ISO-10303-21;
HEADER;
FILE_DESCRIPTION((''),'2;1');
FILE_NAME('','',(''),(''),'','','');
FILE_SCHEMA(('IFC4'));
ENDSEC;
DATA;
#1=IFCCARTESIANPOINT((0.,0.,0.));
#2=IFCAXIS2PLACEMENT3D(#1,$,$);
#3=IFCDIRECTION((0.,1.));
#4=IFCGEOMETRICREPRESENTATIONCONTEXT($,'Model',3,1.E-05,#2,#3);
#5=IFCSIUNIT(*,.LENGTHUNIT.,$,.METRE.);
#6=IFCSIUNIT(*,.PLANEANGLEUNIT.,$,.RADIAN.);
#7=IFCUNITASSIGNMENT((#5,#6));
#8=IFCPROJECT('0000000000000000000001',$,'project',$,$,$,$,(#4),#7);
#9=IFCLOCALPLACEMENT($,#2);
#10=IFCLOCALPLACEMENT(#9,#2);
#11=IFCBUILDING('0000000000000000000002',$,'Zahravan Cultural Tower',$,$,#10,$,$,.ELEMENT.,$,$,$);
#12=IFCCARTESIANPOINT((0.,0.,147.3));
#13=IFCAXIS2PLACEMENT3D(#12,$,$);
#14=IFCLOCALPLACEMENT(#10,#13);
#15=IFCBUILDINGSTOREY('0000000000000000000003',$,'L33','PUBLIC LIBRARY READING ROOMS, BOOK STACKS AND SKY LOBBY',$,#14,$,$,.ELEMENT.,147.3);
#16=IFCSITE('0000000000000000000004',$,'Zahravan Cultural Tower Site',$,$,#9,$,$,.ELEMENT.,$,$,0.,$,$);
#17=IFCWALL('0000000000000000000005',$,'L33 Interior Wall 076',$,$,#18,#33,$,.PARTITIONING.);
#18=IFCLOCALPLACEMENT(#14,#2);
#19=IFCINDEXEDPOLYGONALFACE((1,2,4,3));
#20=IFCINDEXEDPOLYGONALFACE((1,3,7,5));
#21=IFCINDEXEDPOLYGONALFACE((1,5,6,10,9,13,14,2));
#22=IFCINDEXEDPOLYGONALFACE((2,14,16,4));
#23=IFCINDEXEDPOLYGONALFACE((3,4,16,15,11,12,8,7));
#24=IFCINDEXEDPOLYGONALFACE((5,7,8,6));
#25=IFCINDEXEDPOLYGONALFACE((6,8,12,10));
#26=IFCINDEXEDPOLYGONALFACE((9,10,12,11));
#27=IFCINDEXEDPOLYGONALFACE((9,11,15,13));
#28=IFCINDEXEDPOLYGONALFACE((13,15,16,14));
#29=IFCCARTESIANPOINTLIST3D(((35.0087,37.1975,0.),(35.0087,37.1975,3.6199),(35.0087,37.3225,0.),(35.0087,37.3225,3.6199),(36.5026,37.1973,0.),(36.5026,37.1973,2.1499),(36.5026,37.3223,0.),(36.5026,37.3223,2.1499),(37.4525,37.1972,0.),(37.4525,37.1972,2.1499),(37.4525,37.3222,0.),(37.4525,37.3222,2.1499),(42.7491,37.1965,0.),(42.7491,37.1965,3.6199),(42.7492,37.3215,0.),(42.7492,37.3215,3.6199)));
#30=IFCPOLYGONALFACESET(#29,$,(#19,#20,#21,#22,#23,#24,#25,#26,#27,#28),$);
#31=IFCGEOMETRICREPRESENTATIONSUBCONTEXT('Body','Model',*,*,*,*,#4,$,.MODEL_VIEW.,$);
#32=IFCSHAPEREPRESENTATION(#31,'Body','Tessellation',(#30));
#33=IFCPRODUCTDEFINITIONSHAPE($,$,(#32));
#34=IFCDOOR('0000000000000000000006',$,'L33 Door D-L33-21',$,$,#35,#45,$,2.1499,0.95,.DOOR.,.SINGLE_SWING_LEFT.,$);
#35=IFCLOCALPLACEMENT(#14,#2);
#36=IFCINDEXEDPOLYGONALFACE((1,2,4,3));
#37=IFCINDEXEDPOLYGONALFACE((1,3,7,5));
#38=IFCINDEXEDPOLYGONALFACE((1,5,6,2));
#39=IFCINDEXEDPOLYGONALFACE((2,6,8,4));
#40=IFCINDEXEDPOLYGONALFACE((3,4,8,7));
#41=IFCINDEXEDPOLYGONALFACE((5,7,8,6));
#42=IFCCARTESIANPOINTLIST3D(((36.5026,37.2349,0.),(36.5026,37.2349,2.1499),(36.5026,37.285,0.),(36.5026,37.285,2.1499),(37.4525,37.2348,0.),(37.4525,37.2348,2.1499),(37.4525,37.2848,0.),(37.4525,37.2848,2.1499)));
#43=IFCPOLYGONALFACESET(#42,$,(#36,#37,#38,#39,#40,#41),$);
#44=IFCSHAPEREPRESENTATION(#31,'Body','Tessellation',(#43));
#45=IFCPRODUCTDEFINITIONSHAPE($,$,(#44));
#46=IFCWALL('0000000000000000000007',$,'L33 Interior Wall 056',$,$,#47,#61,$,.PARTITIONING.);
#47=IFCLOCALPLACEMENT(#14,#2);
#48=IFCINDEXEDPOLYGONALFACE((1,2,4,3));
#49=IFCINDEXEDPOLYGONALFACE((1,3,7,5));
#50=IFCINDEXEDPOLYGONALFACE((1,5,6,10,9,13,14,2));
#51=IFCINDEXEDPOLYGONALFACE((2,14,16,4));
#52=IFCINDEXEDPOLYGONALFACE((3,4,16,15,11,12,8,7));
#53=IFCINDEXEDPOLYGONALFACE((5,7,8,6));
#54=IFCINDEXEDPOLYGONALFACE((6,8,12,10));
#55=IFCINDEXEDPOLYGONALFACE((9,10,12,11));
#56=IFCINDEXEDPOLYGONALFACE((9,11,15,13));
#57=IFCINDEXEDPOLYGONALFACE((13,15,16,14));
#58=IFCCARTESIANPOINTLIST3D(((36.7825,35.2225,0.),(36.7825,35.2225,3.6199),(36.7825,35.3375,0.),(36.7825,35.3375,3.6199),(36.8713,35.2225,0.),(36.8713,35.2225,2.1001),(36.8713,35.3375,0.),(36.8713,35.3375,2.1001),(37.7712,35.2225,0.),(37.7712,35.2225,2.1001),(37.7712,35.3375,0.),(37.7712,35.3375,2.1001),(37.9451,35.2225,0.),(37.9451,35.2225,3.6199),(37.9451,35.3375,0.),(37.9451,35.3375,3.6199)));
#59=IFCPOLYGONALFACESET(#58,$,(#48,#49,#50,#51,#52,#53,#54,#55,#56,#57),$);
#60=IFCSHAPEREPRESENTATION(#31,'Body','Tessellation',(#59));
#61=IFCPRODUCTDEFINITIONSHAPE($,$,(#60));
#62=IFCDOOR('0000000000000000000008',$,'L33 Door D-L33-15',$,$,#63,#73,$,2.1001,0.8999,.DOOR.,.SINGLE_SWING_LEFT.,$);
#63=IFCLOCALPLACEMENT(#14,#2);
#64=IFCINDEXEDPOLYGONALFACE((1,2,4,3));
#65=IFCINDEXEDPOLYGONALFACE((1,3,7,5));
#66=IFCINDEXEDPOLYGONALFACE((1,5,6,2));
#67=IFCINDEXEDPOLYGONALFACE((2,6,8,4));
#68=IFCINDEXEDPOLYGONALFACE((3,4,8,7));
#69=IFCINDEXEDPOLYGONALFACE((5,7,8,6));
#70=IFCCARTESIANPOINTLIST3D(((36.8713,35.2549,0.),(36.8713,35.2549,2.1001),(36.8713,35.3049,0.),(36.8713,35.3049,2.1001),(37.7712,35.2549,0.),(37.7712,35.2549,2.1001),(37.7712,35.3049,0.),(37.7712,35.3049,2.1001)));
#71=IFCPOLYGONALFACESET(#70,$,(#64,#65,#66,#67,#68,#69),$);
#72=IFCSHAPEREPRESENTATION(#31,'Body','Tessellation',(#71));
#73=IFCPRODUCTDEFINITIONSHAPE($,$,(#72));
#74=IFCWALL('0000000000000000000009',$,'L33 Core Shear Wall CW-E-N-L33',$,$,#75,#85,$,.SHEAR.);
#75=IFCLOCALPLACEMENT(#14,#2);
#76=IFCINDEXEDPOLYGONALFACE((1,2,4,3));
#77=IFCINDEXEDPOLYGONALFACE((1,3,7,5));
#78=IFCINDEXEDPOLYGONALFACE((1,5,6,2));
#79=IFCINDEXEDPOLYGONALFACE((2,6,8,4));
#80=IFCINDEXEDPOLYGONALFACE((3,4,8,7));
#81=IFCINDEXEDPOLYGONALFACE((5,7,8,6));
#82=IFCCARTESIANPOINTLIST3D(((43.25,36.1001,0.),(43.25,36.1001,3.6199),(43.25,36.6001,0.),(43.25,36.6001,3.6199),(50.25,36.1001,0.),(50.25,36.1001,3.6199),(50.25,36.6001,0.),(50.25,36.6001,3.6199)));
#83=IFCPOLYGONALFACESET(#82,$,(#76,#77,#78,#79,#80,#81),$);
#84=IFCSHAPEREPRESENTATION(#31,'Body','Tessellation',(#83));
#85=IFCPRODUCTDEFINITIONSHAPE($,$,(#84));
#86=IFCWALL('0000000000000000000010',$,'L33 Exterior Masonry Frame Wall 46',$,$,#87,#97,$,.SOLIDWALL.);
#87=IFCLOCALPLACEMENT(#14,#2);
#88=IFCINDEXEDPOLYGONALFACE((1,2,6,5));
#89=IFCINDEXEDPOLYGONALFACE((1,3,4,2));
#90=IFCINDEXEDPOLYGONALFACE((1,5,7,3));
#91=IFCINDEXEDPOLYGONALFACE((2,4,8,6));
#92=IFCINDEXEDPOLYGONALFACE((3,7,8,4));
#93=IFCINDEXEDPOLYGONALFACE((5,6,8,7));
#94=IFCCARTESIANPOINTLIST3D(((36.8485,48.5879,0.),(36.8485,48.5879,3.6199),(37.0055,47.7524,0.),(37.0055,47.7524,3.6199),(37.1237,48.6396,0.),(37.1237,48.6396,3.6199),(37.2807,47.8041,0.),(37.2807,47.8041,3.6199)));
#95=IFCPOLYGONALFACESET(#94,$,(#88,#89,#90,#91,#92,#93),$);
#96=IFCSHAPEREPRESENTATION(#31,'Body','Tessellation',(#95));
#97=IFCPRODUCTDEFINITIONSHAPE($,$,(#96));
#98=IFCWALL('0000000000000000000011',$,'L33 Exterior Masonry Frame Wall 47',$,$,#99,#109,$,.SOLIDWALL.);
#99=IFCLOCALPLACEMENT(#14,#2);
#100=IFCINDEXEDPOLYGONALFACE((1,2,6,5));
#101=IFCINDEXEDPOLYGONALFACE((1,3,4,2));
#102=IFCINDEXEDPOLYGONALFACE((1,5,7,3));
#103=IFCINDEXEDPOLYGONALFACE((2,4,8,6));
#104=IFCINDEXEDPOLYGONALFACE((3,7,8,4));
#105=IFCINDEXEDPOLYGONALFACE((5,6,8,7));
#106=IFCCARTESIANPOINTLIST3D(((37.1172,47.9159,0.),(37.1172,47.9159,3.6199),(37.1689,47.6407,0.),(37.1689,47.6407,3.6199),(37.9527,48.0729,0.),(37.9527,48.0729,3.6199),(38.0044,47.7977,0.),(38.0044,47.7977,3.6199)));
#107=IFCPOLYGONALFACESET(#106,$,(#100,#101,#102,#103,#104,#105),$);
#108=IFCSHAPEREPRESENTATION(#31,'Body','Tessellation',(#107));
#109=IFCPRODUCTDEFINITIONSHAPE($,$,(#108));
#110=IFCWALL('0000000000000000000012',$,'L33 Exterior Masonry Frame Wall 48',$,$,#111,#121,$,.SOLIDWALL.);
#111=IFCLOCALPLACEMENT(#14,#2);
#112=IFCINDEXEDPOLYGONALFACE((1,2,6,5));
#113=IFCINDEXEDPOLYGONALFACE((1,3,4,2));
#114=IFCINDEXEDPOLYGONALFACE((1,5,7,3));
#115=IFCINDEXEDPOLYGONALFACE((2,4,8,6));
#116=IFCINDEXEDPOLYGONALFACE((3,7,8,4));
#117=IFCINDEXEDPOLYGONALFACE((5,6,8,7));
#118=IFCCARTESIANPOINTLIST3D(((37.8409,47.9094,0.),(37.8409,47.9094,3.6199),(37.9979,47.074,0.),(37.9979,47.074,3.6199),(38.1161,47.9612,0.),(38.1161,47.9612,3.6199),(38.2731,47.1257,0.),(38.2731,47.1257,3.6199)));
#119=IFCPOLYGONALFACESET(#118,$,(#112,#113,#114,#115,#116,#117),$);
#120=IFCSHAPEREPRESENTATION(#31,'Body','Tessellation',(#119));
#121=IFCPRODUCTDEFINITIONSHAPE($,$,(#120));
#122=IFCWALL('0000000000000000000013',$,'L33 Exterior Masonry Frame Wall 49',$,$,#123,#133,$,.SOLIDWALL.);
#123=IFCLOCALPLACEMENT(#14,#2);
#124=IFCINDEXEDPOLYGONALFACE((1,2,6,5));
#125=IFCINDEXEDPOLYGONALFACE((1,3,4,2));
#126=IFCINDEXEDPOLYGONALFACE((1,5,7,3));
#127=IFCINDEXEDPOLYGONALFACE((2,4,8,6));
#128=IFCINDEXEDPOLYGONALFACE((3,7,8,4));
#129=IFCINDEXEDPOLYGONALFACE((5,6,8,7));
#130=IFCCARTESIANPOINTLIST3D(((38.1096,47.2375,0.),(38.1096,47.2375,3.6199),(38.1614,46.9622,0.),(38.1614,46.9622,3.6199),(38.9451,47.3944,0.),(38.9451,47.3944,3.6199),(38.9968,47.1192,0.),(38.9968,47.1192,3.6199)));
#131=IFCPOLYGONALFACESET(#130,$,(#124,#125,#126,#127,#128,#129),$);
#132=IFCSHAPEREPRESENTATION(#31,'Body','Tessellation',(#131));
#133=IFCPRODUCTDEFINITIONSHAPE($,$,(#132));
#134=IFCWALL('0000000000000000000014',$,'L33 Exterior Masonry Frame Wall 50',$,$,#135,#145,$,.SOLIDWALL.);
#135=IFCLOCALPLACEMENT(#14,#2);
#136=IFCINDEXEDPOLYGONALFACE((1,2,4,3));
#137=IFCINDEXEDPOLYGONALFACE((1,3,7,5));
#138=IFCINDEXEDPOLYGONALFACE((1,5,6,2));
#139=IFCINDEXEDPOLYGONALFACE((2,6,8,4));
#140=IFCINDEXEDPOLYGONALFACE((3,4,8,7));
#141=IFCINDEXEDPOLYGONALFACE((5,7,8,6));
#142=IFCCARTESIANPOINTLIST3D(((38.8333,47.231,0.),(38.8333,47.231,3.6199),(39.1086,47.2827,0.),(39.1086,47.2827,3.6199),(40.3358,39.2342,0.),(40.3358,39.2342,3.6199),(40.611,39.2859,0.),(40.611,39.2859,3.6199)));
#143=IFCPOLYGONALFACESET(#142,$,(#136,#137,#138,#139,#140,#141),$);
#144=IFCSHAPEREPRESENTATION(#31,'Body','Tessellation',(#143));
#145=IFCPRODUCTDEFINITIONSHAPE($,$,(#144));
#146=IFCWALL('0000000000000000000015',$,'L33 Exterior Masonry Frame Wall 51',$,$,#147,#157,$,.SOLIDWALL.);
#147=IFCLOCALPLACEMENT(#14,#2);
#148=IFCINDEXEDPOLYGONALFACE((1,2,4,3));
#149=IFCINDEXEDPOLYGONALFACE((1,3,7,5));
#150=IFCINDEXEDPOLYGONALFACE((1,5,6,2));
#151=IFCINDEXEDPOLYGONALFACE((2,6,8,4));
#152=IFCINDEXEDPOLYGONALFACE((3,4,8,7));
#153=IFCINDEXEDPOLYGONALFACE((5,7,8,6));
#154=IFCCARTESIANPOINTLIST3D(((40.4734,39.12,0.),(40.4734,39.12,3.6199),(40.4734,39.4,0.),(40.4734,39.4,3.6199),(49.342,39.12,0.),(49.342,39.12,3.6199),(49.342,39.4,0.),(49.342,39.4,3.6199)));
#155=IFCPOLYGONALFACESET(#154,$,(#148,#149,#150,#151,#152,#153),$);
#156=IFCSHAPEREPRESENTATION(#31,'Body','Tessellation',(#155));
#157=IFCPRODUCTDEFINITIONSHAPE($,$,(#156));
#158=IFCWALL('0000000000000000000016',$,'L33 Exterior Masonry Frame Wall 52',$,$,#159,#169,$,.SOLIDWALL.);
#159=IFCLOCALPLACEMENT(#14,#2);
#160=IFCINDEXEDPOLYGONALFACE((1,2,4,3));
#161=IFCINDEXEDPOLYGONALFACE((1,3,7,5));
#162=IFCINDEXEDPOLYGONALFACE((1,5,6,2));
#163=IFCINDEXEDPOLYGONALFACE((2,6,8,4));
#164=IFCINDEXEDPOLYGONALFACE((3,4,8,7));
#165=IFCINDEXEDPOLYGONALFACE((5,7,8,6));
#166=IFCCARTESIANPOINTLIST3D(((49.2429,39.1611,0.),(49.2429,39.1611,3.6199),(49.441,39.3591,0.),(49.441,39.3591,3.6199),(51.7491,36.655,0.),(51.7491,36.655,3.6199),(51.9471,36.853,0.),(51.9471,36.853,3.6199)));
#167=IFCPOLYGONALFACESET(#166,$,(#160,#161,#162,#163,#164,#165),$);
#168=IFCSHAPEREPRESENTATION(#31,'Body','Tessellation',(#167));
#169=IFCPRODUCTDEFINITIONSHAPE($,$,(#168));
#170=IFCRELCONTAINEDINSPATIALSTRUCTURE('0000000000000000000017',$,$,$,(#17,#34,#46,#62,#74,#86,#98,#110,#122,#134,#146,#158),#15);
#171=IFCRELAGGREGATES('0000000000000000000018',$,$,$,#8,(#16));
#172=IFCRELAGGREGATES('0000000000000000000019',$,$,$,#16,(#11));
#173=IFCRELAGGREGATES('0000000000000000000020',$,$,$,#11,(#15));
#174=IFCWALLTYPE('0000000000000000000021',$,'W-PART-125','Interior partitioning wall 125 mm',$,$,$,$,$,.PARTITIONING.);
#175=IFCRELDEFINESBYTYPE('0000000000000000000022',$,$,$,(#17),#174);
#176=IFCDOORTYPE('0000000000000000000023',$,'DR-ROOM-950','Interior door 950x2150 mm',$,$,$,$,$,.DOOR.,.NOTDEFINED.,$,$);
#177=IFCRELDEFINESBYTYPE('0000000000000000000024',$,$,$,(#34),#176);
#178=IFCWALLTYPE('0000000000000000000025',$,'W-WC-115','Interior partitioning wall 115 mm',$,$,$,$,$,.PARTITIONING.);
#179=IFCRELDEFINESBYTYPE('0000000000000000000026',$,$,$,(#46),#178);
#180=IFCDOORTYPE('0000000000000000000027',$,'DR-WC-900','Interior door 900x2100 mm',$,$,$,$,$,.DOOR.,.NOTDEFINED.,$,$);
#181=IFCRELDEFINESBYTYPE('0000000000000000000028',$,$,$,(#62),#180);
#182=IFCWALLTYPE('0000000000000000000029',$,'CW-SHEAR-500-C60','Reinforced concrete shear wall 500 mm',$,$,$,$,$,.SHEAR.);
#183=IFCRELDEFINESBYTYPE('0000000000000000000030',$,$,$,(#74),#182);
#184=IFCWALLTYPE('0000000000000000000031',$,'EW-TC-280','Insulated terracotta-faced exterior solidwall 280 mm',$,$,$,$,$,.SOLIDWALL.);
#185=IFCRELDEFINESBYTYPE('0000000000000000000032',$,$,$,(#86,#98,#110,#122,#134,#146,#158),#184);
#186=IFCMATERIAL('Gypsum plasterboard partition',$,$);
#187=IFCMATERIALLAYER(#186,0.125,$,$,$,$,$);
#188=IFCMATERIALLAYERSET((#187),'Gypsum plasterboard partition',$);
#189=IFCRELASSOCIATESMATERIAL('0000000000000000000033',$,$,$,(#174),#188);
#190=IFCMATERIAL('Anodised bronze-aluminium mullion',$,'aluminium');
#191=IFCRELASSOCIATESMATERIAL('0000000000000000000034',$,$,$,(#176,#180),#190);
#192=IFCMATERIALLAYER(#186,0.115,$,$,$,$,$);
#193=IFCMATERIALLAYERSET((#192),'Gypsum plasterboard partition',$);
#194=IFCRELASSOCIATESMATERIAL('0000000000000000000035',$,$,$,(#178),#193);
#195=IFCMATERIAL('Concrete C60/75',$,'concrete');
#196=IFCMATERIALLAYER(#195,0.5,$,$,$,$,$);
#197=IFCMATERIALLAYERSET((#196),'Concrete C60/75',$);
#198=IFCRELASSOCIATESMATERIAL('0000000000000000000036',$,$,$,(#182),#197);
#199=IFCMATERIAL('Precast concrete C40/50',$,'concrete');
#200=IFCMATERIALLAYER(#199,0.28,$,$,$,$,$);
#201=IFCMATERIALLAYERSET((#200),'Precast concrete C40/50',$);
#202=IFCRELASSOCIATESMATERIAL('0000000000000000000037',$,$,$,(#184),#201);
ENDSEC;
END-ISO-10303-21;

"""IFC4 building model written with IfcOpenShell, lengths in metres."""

from ifc_helpers import new_model, si_unit, direction, frame, frame_2d, origin, place, context, subcontext, project, spatial, rectangle, extrude, source, transform, mapped, material, layer, layer_set, type_object, element, fill, save


model = new_model("IFC4")

# Units and contexts
model_context = context("Model", 3, precision=1e-05, world=origin(), true_north=direction((0.0, 1.0)))
body_context = subcontext(model_context, "Body", "Model", "MODEL_VIEW")
ifc_project = project(units=[si_unit("LENGTHUNIT", "METRE"), si_unit("PLANEANGLEUNIT", "RADIAN")], contexts=[model_context])

# Site, building, storey
site_placement = place(None, origin())
site = spatial("IfcSite", under=ifc_project, at=site_placement, Name="Zahravan Cultural Tower Site", CompositionType="ELEMENT", RefElevation=0.0)
building_placement = place(site_placement, origin())
building = spatial("IfcBuilding", under=site, at=building_placement, Name="Zahravan Cultural Tower", CompositionType="ELEMENT")
storey_placement = place(building_placement, frame((0.0, 0.0, 147.3)))
storey = spatial("IfcBuildingStorey", under=building, at=storey_placement, Name="L33", Description="PUBLIC LIBRARY READING ROOMS, BOOK STACKS AND SKY LOBBY", CompositionType="ELEMENT", Elevation=147.3)

# Walls, openings, doors
ifc_material_1 = material(Name="Gypsum plasterboard partition")
ifc_layer_1 = layer(ifc_material_1, 0.125)
ifc_layer_set_1 = layer_set([ifc_layer_1], Name="Gypsum plasterboard partition")
wall_type_1 = type_object("IfcWallType", Name="W-PART-125", Description="Interior partitioning wall 125 mm", PredefinedType="PARTITIONING", material=ifc_layer_set_1)
wall_1_placement = place(storey_placement, frame((42.749, 37.259, 0.0), z_axis=(0.0, 0.0, 1.0), x_axis=(-1.0, 0.000126, 0.0)))
wall_1 = element("IfcWall", 1, at=wall_1_placement, inside=storey, type_object=wall_type_1, Name="L33 Interior Wall 076", PredefinedType="PARTITIONING", context=body_context, shape_type="SweptSolid", body=[
    extrude(rectangle(XDim=7.7405, YDim=0.125, at=frame_2d((3.8701, 0.0))), origin(), (0.0, 0.0, 1.0), 3.6199),
])
opening_1_placement = place(wall_1_placement, frame((5.2964, 0.0, 0.0)))
opening_1 = element("IfcOpeningElement", 2, at=opening_1_placement, cuts=wall_1, PredefinedType="OPENING", context=body_context, shape_type="SweptSolid", body=[
    extrude(rectangle(XDim=0.95, YDim=2.1499, at=frame_2d((0.4751, 1.075))), frame((0.0, 0.0725, 0.0), z_axis=(0.0, -1.0, 0.0), x_axis=(1.0, 0.0, 0.0)), (0.0, 0.0, 1.0), 0.145),
])
ifc_material_2 = material(Name="Anodised bronze-aluminium mullion", Category="aluminium")
door_type_1 = type_object("IfcDoorType", Name="DR-ROOM-950", Description="Interior door 950x2150 mm", OperationType="NOTDEFINED", PredefinedType="DOOR", material=ifc_material_2)
shared_shape_1 = source(origin(), body_context, "Body", "SweptSolid", [
    extrude(rectangle(XDim=0.95, YDim=2.1499, at=frame_2d((0.4751, 1.075))), frame((0.0, 0.0249, 0.0), z_axis=(0.0, -1.0, 0.0), x_axis=(1.0, 0.0, 0.0)), (0.0, 0.0, 1.0), 0.05),
])
door_1_placement = place(opening_1_placement, origin())
door_1 = element("IfcDoor", 3, at=door_1_placement, inside=storey, type_object=door_type_1, Name="L33 Door D-L33-21", OperationType="SINGLE_SWING_LEFT", OverallHeight=2.1499, OverallWidth=0.95, PredefinedType="DOOR", context=body_context, shape_type="MappedRepresentation", body=[
    mapped(shared_shape_1, transform((0.0, 0.0, 0.0), x_axis=(1.0, 0.0, 0.0), y_axis=(0.0, 1.0, 0.0), z_axis=(0.0, 0.0, 1.0), scale=1.0)),
])
fill(opening_1, door_1)
ifc_layer_2 = layer(ifc_material_1, 0.115)
ifc_layer_set_2 = layer_set([ifc_layer_2], Name="Gypsum plasterboard partition")
wall_type_2 = type_object("IfcWallType", Name="W-WC-115", Description="Interior partitioning wall 115 mm", PredefinedType="PARTITIONING", material=ifc_layer_set_2)
wall_2_placement = place(storey_placement, frame((36.7825, 35.28, 0.0), z_axis=(0.0, 0.0, 1.0), x_axis=(1.0, 0.0, 0.0)))
wall_2 = element("IfcWall", 4, at=wall_2_placement, inside=storey, type_object=wall_type_2, Name="L33 Interior Wall 056", PredefinedType="PARTITIONING", context=body_context, shape_type="SweptSolid", body=[
    extrude(rectangle(XDim=1.1626, YDim=0.115, at=frame_2d((0.5813, 0.0))), origin(), (0.0, 0.0, 1.0), 3.6199),
])
opening_2_placement = place(wall_2_placement, frame((0.0889, 0.0, 0.0)))
opening_2 = element("IfcOpeningElement", 5, at=opening_2_placement, cuts=wall_2, PredefinedType="OPENING", context=body_context, shape_type="SweptSolid", body=[
    extrude(rectangle(XDim=0.8999, YDim=2.1001, at=frame_2d((0.45, 1.05))), frame((0.0, 0.0674, 0.0), z_axis=(0.0, -1.0, 0.0), x_axis=(1.0, 0.0, 0.0)), (0.0, 0.0, 1.0), 0.135),
])
door_type_2 = type_object("IfcDoorType", Name="DR-WC-900", Description="Interior door 900x2100 mm", OperationType="NOTDEFINED", PredefinedType="DOOR", material=ifc_material_2)
shared_shape_2 = source(origin(), body_context, "Body", "SweptSolid", [
    extrude(rectangle(XDim=0.8999, YDim=2.1001, at=frame_2d((0.45, 1.05))), frame((0.0, 0.0249, 0.0), z_axis=(0.0, -1.0, 0.0), x_axis=(1.0, 0.0, 0.0)), (0.0, 0.0, 1.0), 0.05),
])
door_2_placement = place(opening_2_placement, origin())
door_2 = element("IfcDoor", 6, at=door_2_placement, inside=storey, type_object=door_type_2, Name="L33 Door D-L33-15", OperationType="SINGLE_SWING_LEFT", OverallHeight=2.1001, OverallWidth=0.8999, PredefinedType="DOOR", context=body_context, shape_type="MappedRepresentation", body=[
    mapped(shared_shape_2, transform((0.0, 0.0, 0.0), x_axis=(1.0, 0.0, 0.0), y_axis=(0.0, 1.0, 0.0), z_axis=(0.0, 0.0, 1.0), scale=1.0)),
])
fill(opening_2, door_2)

# Walls
ifc_material_3 = material(Name="Concrete C60/75", Category="concrete")
ifc_layer_3 = layer(ifc_material_3, 0.5)
ifc_layer_set_3 = layer_set([ifc_layer_3], Name="Concrete C60/75")
wall_type_3 = type_object("IfcWallType", Name="CW-SHEAR-500-C60", Description="Reinforced concrete shear wall 500 mm", PredefinedType="SHEAR", material=ifc_layer_set_3)
shared_shape_3 = source(origin(), body_context, "Body", "SweptSolid", [
    extrude(rectangle(XDim=7.0, YDim=0.5, at=frame_2d((3.5, 0.0))), origin(), (0.0, 0.0, 1.0), 3.6199),
])
wall_3_placement = place(storey_placement, frame((43.25, 36.3501, 0.0), z_axis=(0.0, 0.0, 1.0), x_axis=(1.0, 0.0, 0.0)))
element("IfcWall", 7, at=wall_3_placement, inside=storey, type_object=wall_type_3, Name="L33 Core Shear Wall CW-E-N-L33", PredefinedType="SHEAR", context=body_context, shape_type="MappedRepresentation", body=[
    mapped(shared_shape_3, transform((0.0, 0.0, 0.0), x_axis=(1.0, 0.0, 0.0), y_axis=(0.0, 1.0, 0.0), z_axis=(0.0, 0.0, 1.0), scale=1.0)),
])
ifc_material_4 = material(Name="Precast concrete C40/50", Category="concrete")
ifc_layer_4 = layer(ifc_material_4, 0.28)
ifc_layer_set_4 = layer_set([ifc_layer_4], Name="Precast concrete C40/50")
wall_type_4 = type_object("IfcWallType", Name="EW-TC-280", Description="Insulated terracotta-faced exterior solidwall 280 mm", PredefinedType="SOLIDWALL", material=ifc_layer_set_4)
shared_shape_4 = source(origin(), body_context, "Body", "SweptSolid", [
    extrude(rectangle(XDim=0.8501, YDim=0.28, at=frame_2d((0.425, 0.0))), origin(), (0.0, 0.0, 1.0), 3.6199),
])
for number, where, z_axis, x_axis, name in (
    (8, (36.9861, 48.6138, 0.0), (0.0, 0.0, 1.0), (0.18467, -0.982801, 0.0), "L33 Exterior Masonry Frame Wall 46"),
    (9, (37.1431, 47.7783, 0.0), (0.0, 0.0, 1.0), (0.982801, 0.18467, 0.0), "L33 Exterior Masonry Frame Wall 47"),
    (10, (37.9785, 47.9353, 0.0), (0.0, 0.0, 1.0), (0.18467, -0.982801, 0.0), "L33 Exterior Masonry Frame Wall 48"),
    (11, (38.1355, 47.0999, 0.0), (0.0, 0.0, 1.0), (0.982801, 0.18467, 0.0), "L33 Exterior Masonry Frame Wall 49"),
):
    element("IfcWall", number, at=place(storey_placement, frame(where, z_axis=z_axis, x_axis=x_axis)), inside=storey, type_object=wall_type_4, Name=name, PredefinedType="SOLIDWALL", context=body_context, shape_type="MappedRepresentation", body=[
        mapped(shared_shape_4, transform((0.0, 0.0, 0.0), x_axis=(1.0, 0.0, 0.0), y_axis=(0.0, 1.0, 0.0), z_axis=(0.0, 0.0, 1.0), scale=1.0)),
    ])
shared_shape_5 = source(origin(), body_context, "Body", "SweptSolid", [
    extrude(rectangle(XDim=8.1367, YDim=0.28, at=frame_2d((4.0684, 0.0))), origin(), (0.0, 0.0, 1.0), 3.6199),
])
wall_4_placement = place(storey_placement, frame((38.9709, 47.2568, 0.0), z_axis=(0.0, 0.0, 1.0), x_axis=(0.184649, -0.982805, 0.0)))
element("IfcWall", 12, at=wall_4_placement, inside=storey, type_object=wall_type_4, Name="L33 Exterior Masonry Frame Wall 50", PredefinedType="SOLIDWALL", context=body_context, shape_type="MappedRepresentation", body=[
    mapped(shared_shape_5, transform((0.0, 0.0, 0.0), x_axis=(1.0, 0.0, 0.0), y_axis=(0.0, 1.0, 0.0), z_axis=(0.0, 0.0, 1.0), scale=1.0)),
])
shared_shape_6 = source(origin(), body_context, "Body", "SweptSolid", [
    extrude(rectangle(XDim=8.8687, YDim=0.28, at=frame_2d((4.4343, 0.0))), origin(), (0.0, 0.0, 1.0), 3.6199),
])
wall_5_placement = place(storey_placement, frame((40.4734, 39.26, 0.0), z_axis=(0.0, 0.0, 1.0), x_axis=(1.0, 0.0, 0.0)))
element("IfcWall", 13, at=wall_5_placement, inside=storey, type_object=wall_type_4, Name="L33 Exterior Masonry Frame Wall 51", PredefinedType="SOLIDWALL", context=body_context, shape_type="MappedRepresentation", body=[
    mapped(shared_shape_6, transform((0.0, 0.0, 0.0), x_axis=(1.0, 0.0, 0.0), y_axis=(0.0, 1.0, 0.0), z_axis=(0.0, 0.0, 1.0), scale=1.0)),
])
shared_shape_7 = source(origin(), body_context, "Body", "SweptSolid", [
    extrude(rectangle(XDim=3.5442, YDim=0.28, at=frame_2d((1.772, 0.0))), origin(), (0.0, 0.0, 1.0), 3.6199),
])
wall_6_placement = place(storey_placement, frame((49.342, 39.26, 0.0), z_axis=(0.0, 0.0, 1.0), x_axis=(0.707107, -0.707107, 0.0)))
element("IfcWall", 14, at=wall_6_placement, inside=storey, type_object=wall_type_4, Name="L33 Exterior Masonry Frame Wall 52", PredefinedType="SOLIDWALL", context=body_context, shape_type="MappedRepresentation", body=[
    mapped(shared_shape_7, transform((0.0, 0.0, 0.0), x_axis=(1.0, 0.0, 0.0), y_axis=(0.0, 1.0, 0.0), z_axis=(0.0, 0.0, 1.0), scale=1.0)),
])

save(model, "model.ifc")
